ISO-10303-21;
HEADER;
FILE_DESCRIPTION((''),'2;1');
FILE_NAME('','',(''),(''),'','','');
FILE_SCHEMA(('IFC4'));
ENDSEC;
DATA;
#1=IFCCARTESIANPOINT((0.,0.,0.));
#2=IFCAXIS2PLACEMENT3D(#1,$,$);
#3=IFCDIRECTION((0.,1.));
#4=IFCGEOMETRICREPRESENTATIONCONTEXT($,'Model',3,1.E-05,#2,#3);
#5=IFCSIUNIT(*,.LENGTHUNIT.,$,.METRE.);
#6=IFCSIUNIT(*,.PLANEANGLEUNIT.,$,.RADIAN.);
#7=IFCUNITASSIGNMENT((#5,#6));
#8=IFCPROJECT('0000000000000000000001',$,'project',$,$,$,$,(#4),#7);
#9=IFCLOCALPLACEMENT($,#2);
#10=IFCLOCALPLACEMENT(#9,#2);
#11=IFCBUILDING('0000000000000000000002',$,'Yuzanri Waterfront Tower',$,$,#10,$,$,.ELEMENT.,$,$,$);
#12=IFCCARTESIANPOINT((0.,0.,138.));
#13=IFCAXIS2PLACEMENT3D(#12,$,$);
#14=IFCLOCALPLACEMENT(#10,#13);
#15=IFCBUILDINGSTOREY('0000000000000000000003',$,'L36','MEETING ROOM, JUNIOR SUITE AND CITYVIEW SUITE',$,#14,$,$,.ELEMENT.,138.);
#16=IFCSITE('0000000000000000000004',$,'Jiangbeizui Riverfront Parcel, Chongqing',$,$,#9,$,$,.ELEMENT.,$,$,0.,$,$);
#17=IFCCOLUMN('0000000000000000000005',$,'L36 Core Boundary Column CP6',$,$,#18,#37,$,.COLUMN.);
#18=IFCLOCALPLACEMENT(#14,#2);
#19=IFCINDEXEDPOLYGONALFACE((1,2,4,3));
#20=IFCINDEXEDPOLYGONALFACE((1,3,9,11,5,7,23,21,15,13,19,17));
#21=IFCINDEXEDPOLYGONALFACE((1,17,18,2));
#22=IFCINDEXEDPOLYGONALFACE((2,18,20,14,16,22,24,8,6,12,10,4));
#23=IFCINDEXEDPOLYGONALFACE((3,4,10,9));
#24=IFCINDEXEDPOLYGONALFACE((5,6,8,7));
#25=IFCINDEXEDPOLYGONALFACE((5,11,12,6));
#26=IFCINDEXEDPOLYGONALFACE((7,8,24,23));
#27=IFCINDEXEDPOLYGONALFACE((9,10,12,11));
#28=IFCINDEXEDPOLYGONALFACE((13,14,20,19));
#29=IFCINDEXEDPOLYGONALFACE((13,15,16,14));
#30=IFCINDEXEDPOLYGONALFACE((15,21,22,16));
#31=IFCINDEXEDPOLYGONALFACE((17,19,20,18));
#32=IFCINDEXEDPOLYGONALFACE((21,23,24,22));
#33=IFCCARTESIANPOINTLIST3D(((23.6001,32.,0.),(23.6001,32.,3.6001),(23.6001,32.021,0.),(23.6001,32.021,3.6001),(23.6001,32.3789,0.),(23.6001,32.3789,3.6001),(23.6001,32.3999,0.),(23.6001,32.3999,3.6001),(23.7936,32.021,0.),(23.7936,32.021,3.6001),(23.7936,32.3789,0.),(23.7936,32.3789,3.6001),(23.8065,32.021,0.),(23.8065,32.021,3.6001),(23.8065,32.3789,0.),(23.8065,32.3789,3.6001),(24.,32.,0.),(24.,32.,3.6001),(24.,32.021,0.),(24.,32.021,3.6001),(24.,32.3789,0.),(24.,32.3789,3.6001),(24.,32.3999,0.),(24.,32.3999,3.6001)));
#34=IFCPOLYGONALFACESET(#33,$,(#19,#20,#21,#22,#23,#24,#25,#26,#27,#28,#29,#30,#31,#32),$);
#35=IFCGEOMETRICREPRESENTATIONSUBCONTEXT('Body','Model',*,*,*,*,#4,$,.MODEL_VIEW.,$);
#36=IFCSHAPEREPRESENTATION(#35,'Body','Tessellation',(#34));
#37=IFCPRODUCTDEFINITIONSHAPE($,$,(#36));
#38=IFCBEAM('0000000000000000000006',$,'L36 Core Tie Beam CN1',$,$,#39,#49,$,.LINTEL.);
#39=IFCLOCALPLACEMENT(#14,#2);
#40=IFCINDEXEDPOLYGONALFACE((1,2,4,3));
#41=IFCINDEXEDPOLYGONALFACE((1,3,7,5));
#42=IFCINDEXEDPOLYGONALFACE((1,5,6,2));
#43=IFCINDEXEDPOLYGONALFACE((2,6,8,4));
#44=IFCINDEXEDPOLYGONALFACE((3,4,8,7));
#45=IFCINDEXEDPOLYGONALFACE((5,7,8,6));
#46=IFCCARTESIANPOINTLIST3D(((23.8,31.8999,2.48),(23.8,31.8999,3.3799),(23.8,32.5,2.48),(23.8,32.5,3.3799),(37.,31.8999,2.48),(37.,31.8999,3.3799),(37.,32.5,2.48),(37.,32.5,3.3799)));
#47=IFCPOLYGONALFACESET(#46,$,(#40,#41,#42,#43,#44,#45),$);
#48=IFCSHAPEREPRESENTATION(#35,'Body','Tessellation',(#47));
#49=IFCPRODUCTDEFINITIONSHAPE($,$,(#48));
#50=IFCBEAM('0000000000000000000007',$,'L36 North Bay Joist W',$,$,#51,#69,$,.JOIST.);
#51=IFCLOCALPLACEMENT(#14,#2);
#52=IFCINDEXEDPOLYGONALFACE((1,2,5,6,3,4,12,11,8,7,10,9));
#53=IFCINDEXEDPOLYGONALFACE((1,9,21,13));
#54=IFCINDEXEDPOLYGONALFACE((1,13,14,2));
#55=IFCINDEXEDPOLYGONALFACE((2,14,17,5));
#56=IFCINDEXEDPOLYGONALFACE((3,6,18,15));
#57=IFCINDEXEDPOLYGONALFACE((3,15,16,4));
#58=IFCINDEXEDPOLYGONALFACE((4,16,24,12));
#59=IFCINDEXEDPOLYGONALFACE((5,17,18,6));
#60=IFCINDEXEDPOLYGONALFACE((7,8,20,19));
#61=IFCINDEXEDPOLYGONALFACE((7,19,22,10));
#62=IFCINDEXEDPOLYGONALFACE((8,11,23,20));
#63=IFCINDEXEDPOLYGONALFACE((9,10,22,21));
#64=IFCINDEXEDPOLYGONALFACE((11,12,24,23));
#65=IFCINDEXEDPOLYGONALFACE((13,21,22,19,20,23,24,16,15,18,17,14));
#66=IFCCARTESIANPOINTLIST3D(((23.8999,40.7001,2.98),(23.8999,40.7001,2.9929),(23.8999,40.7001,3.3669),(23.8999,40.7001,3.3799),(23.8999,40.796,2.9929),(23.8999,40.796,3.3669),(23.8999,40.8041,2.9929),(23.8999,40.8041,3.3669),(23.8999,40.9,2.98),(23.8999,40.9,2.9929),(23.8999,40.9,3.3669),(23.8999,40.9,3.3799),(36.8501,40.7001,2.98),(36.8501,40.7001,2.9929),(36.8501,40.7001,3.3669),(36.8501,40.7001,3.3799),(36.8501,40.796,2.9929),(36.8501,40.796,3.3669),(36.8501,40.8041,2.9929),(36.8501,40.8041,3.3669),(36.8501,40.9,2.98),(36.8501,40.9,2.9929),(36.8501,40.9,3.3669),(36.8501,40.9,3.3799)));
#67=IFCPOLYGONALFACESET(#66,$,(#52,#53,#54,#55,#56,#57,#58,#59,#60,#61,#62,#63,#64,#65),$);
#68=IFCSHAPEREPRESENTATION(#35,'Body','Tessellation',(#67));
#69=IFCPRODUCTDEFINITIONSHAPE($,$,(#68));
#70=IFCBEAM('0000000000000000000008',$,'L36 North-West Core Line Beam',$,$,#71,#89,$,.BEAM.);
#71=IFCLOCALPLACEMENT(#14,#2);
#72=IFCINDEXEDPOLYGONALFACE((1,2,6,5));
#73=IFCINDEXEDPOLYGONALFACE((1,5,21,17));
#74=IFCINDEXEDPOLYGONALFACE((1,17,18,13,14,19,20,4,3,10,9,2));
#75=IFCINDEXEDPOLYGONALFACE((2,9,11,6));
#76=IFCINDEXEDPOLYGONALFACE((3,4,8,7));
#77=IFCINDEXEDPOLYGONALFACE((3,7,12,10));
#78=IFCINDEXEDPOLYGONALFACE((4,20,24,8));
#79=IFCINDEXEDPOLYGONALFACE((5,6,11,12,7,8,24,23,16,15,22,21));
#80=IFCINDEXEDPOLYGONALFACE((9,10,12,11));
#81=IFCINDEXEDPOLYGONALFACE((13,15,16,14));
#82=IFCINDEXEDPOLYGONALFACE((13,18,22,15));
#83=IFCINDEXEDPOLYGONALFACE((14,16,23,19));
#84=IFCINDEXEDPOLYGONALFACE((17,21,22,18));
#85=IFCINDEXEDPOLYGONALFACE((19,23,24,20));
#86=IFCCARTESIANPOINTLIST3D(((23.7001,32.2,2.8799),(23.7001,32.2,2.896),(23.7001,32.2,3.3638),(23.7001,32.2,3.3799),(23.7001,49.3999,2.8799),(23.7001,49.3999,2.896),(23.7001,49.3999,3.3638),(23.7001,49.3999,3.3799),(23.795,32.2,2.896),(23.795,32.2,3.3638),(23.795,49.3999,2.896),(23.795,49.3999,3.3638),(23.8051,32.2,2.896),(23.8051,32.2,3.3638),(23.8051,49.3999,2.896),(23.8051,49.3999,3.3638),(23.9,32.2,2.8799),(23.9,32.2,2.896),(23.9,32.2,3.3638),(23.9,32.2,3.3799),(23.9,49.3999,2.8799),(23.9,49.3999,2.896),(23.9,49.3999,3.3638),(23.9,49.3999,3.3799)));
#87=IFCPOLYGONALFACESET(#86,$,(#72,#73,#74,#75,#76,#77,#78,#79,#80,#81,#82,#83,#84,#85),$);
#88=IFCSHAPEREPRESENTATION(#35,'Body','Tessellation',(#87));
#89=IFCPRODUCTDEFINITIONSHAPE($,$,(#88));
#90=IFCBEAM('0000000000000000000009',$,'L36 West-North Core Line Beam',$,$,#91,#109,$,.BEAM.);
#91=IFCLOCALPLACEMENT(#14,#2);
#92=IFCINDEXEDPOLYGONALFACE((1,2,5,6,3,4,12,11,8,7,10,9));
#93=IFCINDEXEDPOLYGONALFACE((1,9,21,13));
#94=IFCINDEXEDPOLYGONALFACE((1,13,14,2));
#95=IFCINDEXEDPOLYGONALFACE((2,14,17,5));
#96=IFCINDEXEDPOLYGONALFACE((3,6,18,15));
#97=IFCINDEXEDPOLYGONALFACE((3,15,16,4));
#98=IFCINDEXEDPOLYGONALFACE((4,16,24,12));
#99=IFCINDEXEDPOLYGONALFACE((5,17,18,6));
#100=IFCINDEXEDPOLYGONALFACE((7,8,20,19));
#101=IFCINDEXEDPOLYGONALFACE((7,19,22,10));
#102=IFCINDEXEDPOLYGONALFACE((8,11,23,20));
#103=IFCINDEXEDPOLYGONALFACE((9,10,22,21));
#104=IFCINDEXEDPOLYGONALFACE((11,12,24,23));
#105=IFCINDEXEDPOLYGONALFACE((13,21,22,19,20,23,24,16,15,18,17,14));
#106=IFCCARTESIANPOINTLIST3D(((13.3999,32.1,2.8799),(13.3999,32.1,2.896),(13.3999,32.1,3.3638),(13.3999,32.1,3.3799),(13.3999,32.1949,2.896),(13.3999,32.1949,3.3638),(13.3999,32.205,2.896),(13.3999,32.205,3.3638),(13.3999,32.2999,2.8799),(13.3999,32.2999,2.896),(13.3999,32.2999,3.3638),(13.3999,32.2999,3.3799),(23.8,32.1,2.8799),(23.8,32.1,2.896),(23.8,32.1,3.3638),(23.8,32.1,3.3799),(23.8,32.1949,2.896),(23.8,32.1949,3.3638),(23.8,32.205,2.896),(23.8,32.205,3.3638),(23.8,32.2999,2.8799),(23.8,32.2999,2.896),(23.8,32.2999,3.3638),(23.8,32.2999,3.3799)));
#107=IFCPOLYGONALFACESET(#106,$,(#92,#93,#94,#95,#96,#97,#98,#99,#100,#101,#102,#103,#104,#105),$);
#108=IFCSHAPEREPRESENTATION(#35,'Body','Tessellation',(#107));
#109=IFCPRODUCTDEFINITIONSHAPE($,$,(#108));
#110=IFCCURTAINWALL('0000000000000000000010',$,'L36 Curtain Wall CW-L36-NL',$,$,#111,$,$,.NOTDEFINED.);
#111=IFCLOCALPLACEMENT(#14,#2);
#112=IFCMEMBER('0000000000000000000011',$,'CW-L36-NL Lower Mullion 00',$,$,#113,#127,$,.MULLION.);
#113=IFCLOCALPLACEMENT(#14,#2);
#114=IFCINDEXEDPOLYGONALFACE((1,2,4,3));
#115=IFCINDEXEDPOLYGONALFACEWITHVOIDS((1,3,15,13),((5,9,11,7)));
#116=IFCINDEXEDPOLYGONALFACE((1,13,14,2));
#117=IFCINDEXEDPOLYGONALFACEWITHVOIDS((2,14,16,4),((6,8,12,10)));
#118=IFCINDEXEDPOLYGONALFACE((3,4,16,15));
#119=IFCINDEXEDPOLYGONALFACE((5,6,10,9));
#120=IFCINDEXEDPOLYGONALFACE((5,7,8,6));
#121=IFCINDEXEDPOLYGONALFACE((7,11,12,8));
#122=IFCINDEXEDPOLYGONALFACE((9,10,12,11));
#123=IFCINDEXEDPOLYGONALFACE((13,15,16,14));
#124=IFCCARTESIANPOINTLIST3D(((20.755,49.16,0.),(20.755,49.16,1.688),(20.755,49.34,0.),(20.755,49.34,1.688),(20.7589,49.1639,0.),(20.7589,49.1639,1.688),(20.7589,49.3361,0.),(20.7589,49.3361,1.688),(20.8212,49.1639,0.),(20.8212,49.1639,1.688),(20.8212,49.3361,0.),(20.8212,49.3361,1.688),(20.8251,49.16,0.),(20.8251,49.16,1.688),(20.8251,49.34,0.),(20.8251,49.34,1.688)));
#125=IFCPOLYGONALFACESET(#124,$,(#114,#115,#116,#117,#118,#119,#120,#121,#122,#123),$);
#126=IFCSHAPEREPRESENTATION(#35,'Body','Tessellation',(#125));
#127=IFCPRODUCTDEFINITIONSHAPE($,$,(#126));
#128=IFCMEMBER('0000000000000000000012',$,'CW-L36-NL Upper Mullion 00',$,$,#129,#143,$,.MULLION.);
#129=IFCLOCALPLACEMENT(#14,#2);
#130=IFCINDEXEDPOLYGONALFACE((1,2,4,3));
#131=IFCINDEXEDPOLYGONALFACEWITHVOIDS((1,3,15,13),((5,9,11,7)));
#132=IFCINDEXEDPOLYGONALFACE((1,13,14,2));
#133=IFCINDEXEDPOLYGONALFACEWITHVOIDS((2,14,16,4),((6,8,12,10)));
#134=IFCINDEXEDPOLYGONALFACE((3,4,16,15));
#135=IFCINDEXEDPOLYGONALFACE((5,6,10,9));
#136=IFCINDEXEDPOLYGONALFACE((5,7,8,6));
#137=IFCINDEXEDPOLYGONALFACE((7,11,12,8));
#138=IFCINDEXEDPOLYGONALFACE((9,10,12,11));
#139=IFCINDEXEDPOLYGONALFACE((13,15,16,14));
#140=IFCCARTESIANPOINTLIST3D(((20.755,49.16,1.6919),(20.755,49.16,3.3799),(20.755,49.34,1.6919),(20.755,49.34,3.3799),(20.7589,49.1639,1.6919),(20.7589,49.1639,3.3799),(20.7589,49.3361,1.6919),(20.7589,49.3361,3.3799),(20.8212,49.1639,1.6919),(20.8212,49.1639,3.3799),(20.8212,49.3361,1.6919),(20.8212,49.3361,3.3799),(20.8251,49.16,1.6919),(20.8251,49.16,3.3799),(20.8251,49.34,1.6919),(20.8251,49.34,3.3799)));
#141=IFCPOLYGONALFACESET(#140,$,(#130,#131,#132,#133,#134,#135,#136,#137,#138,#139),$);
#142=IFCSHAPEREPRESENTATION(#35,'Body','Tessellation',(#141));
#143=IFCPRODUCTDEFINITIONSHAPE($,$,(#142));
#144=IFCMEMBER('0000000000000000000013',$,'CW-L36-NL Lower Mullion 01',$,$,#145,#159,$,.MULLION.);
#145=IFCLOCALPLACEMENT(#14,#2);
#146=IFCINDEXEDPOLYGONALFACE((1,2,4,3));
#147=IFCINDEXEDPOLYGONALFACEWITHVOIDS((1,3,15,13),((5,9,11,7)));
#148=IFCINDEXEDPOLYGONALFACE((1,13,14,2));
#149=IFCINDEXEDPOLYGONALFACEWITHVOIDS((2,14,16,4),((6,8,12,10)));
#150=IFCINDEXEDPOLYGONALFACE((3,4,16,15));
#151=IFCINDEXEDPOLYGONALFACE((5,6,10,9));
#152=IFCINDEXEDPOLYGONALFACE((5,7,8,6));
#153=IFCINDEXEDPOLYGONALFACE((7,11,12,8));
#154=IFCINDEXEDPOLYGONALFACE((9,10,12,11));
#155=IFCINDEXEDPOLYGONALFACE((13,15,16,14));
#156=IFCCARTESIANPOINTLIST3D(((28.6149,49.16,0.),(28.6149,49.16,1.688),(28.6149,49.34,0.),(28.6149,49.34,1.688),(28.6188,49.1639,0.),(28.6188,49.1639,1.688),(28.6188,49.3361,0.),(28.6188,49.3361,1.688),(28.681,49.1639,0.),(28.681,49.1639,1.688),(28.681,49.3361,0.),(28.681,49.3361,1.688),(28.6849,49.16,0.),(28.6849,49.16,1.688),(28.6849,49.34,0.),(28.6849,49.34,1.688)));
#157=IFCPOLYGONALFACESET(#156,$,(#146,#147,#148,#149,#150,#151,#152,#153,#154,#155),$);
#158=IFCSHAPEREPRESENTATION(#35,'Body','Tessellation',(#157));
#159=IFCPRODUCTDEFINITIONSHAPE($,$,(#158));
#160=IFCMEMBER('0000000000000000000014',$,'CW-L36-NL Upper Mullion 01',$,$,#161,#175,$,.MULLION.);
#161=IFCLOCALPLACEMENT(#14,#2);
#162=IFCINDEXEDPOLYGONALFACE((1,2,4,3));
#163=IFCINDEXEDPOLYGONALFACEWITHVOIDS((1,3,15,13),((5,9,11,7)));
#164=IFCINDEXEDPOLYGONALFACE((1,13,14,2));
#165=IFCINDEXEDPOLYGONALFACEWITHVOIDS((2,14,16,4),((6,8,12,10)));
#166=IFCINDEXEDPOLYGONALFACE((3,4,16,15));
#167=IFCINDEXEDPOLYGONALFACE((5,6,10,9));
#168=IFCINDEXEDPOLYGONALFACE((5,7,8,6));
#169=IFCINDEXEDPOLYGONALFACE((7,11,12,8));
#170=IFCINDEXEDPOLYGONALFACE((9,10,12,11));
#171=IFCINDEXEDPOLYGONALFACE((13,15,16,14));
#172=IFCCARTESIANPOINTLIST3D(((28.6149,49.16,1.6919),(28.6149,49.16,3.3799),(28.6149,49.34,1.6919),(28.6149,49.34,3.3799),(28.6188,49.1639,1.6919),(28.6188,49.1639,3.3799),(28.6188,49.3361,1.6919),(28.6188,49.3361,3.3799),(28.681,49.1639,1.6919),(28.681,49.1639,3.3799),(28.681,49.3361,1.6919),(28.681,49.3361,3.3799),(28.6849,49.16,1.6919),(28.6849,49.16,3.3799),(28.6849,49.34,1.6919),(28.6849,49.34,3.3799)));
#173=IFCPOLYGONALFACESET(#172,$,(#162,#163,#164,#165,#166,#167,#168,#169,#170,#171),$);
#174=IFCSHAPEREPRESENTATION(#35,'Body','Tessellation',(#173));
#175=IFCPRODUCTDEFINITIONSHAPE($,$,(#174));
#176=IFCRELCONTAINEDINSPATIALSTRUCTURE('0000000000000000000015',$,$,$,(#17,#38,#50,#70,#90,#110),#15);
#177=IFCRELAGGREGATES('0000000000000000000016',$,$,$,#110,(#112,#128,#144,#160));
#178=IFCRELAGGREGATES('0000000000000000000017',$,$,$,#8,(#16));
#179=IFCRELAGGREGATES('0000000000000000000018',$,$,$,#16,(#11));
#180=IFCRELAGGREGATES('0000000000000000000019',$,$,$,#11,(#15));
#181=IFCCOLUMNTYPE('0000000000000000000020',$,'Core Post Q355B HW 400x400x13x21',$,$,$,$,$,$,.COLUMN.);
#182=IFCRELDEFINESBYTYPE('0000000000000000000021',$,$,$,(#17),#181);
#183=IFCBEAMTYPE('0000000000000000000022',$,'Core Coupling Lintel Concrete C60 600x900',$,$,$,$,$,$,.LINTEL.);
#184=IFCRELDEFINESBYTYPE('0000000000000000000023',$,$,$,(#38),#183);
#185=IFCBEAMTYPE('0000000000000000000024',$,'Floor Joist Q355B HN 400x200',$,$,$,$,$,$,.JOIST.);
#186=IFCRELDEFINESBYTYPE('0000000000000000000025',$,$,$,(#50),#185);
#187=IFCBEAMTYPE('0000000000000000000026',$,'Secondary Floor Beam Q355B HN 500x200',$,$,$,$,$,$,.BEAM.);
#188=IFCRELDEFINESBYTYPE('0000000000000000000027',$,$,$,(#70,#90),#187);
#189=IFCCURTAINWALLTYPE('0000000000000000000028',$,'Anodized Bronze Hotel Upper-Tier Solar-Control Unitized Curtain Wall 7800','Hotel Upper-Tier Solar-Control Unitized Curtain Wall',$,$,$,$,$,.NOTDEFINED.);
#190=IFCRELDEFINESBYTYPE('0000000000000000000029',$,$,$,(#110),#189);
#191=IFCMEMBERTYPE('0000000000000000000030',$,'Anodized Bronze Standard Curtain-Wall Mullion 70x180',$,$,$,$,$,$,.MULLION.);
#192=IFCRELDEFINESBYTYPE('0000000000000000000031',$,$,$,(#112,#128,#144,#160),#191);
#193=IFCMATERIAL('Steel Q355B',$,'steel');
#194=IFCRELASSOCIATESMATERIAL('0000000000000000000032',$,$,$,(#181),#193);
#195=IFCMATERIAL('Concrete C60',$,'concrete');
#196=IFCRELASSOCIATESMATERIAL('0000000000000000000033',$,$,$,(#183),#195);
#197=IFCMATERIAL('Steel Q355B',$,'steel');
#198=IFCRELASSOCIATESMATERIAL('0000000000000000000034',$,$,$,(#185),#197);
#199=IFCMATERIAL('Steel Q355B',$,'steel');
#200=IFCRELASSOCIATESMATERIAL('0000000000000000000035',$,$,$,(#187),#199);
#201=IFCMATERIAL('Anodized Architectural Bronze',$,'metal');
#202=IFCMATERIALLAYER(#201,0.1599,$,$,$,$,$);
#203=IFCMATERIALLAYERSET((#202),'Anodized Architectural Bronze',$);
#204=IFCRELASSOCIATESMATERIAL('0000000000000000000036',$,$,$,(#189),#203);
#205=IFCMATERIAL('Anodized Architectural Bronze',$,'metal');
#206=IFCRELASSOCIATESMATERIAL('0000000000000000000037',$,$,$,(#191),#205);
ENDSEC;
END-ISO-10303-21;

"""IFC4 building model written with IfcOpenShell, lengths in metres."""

from ifc_helpers import new_model, si_unit, direction, frame, origin, origin_2d, place, context, subcontext, project, spatial, rectangle, hollow_rectangle, i_section, extrude, source, transform, mapped, material, layer, layer_set, material_profile, profile_set, type_object, element, aggregate, save


model = new_model("IFC4")

# Units and contexts
model_context = context("Model", 3, precision=1e-05, world=origin(), true_north=direction((0.0, 1.0)))
body_context = subcontext(model_context, "Body", "Model", "MODEL_VIEW")
ifc_project = project(units=[si_unit("LENGTHUNIT", "METRE"), si_unit("PLANEANGLEUNIT", "RADIAN")], contexts=[model_context])

# Site, building, storey
site_placement = place(None, origin())
site = spatial("IfcSite", under=ifc_project, at=site_placement, Name="Jiangbeizui Riverfront Parcel, Chongqing", CompositionType="ELEMENT", RefElevation=0.0)
building_placement = place(site_placement, origin())
building = spatial("IfcBuilding", under=site, at=building_placement, Name="Yuzanri Waterfront Tower", CompositionType="ELEMENT")
storey_placement = place(building_placement, frame((0.0, 0.0, 138.0)))
storey = spatial("IfcBuildingStorey", under=building, at=storey_placement, Name="L36", Description="MEETING ROOM, JUNIOR SUITE AND CITYVIEW SUITE", CompositionType="ELEMENT", Elevation=138.0)

# Column
ifc_material_1 = material(Name="Steel Q355B", Category="steel")
ifc_material_profile_1 = material_profile(ifc_material_1, i_section(OverallWidth=0.3999, OverallDepth=0.3999, WebThickness=0.0129, FlangeThickness=0.021, at=origin_2d()), Name="HW 400x400x13x21")
ifc_profile_set_1 = profile_set([ifc_material_profile_1], Name="Steel Q355B")
column_type = type_object("IfcColumnType", Name="Core Post Q355B HW 400x400x13x21", PredefinedType="COLUMN", material=ifc_profile_set_1)
shared_shape_1 = source(origin(), body_context, "Body", "SweptSolid", [
    extrude(i_section(OverallWidth=0.3999, OverallDepth=0.3999, WebThickness=0.0129, FlangeThickness=0.021, at=origin_2d()), origin(), (0.0, 0.0, 1.0), 3.6001),
])
column_placement = place(storey_placement, frame((23.8, 32.2, 0.0), z_axis=(0.0, 0.0, 1.0), x_axis=(1.0, 0.0, 0.0)))
element("IfcColumn", 1, at=column_placement, inside=storey, type_object=column_type, Name="L36 Core Boundary Column CP6", PredefinedType="COLUMN", context=body_context, shape_type="MappedRepresentation", body=[
    mapped(shared_shape_1, transform((0.0, 0.0, 0.0), scale=1.0)),
])

# Beams
ifc_material_2 = material(Name="Concrete C60", Category="concrete")
ifc_material_profile_2 = material_profile(ifc_material_2, rectangle(XDim=0.6001, YDim=0.8999, at=origin_2d()), Name="RC 600x900")
ifc_profile_set_2 = profile_set([ifc_material_profile_2], Name="Concrete C60")
beam_type_1 = type_object("IfcBeamType", Name="Core Coupling Lintel Concrete C60 600x900", PredefinedType="LINTEL", material=ifc_profile_set_2)
shared_shape_2 = source(origin(), body_context, "Body", "SweptSolid", [
    extrude(rectangle(XDim=0.6001, YDim=0.8999, at=origin_2d()), origin(), (0.0, 0.0, 1.0), 13.2),
])
beam_1_placement = place(storey_placement, frame((23.8, 32.2, 2.9299), z_axis=(1.0, 0.0, 0.0), x_axis=(0.0, 1.0, 0.0)))
element("IfcBeam", 2, at=beam_1_placement, inside=storey, type_object=beam_type_1, Name="L36 Core Tie Beam CN1", PredefinedType="LINTEL", context=body_context, shape_type="MappedRepresentation", body=[
    mapped(shared_shape_2, transform((0.0, 0.0, 0.0), scale=1.0)),
])
ifc_material_3 = material(Name="Steel Q355B", Category="steel")
ifc_material_profile_3 = material_profile(ifc_material_3, i_section(OverallWidth=0.2, OverallDepth=0.3999, WebThickness=0.0081, FlangeThickness=0.0129, at=origin_2d()), Name="HN 400x200x8x13")
ifc_profile_set_3 = profile_set([ifc_material_profile_3], Name="Steel Q355B")
beam_type_2 = type_object("IfcBeamType", Name="Floor Joist Q355B HN 400x200", PredefinedType="JOIST", material=ifc_profile_set_3)
shared_shape_3 = source(origin(), body_context, "Body", "SweptSolid", [
    extrude(i_section(OverallWidth=0.2, OverallDepth=0.3999, WebThickness=0.0081, FlangeThickness=0.0129, at=origin_2d()), origin(), (0.0, 0.0, 1.0), 12.9502),
])
beam_2_placement = place(storey_placement, frame((23.8999, 40.8, 3.1799), z_axis=(1.0, 0.0, 0.0), x_axis=(0.0, 1.0, 0.0)))
element("IfcBeam", 3, at=beam_2_placement, inside=storey, type_object=beam_type_2, Name="L36 North Bay Joist W", PredefinedType="JOIST", context=body_context, shape_type="MappedRepresentation", body=[
    mapped(shared_shape_3, transform((0.0, 0.0, 0.0), scale=1.0)),
])
ifc_material_4 = material(Name="Steel Q355B", Category="steel")
ifc_material_profile_4 = material_profile(ifc_material_4, i_section(OverallWidth=0.2, OverallDepth=0.5, WebThickness=0.01, FlangeThickness=0.0161, at=origin_2d()), Name="HN 500x200x10x16")
ifc_profile_set_4 = profile_set([ifc_material_profile_4], Name="Steel Q355B")
beam_type_3 = type_object("IfcBeamType", Name="Secondary Floor Beam Q355B HN 500x200", PredefinedType="BEAM", material=ifc_profile_set_4)
shared_shape_4 = source(origin(), body_context, "Body", "SweptSolid", [
    extrude(i_section(OverallWidth=0.2, OverallDepth=0.5, WebThickness=0.01, FlangeThickness=0.0161, at=origin_2d()), origin(), (0.0, 0.0, 1.0), 17.2),
])
beam_3_placement = place(storey_placement, frame((23.8, 32.2, 3.1299), z_axis=(0.0, 1.0, 0.0), x_axis=(-1.0, 0.0, 0.0)))
element("IfcBeam", 4, at=beam_3_placement, inside=storey, type_object=beam_type_3, Name="L36 North-West Core Line Beam", PredefinedType="BEAM", context=body_context, shape_type="MappedRepresentation", body=[
    mapped(shared_shape_4, transform((0.0, 0.0, 0.0), scale=1.0)),
])
shared_shape_5 = source(origin(), body_context, "Body", "SweptSolid", [
    extrude(i_section(OverallWidth=0.2, OverallDepth=0.5, WebThickness=0.01, FlangeThickness=0.0161, at=origin_2d()), origin(), (0.0, 0.0, 1.0), 10.4001),
])
beam_4_placement = place(storey_placement, frame((23.8, 32.2, 3.1299), z_axis=(-1.0, 0.0, 0.0), x_axis=(0.0, -1.0, 0.0)))
element("IfcBeam", 5, at=beam_4_placement, inside=storey, type_object=beam_type_3, Name="L36 West-North Core Line Beam", PredefinedType="BEAM", context=body_context, shape_type="MappedRepresentation", body=[
    mapped(shared_shape_5, transform((0.0, 0.0, 0.0), scale=1.0)),
])

# Curtain wall, members
ifc_material_5 = material(Name="Anodized Architectural Bronze", Category="metal")
ifc_layer_1 = layer(ifc_material_5, 0.1599)
ifc_layer_set_1 = layer_set([ifc_layer_1], Name="Anodized Architectural Bronze")
curtain_wall_type = type_object("IfcCurtainWallType", Name="Anodized Bronze Hotel Upper-Tier Solar-Control Unitized Curtain Wall 7800", Description="Hotel Upper-Tier Solar-Control Unitized Curtain Wall", PredefinedType="NOTDEFINED", material=ifc_layer_set_1)
curtain_wall_placement = place(storey_placement, origin())
curtain_wall = element("IfcCurtainWall", 6, at=curtain_wall_placement, inside=storey, type_object=curtain_wall_type, Name="L36 Curtain Wall CW-L36-NL", PredefinedType="NOTDEFINED")
ifc_material_6 = material(Name="Anodized Architectural Bronze", Category="metal")
ifc_material_profile_5 = material_profile(ifc_material_6, hollow_rectangle(XDim=0.0701, YDim=0.1799, WallThickness=0.0039, at=origin_2d()), Name="CWM 70x180")
ifc_profile_set_5 = profile_set([ifc_material_profile_5], Name="Anodized Architectural Bronze")
member_type_1 = type_object("IfcMemberType", Name="Anodized Bronze Standard Curtain-Wall Mullion 70x180", PredefinedType="MULLION", material=ifc_profile_set_5)
shared_shape_6 = source(origin(), body_context, "Body", "SweptSolid", [
    extrude(hollow_rectangle(XDim=0.0701, YDim=0.1799, WallThickness=0.0039, at=origin_2d()), origin(), (0.0, 0.0, 1.0), 1.688),
])
member_1_placement = place(storey_placement, frame((20.79, 49.25, 0.0), z_axis=(0.0, 0.0, 1.0), x_axis=(1.0, 0.0, 0.0)))
member_1 = element("IfcMember", 7, at=member_1_placement, type_object=member_type_1, Name="CW-L36-NL Lower Mullion 00", PredefinedType="MULLION", context=body_context, shape_type="MappedRepresentation", body=[
    mapped(shared_shape_6, transform((0.0, 0.0, 0.0), scale=1.0)),
])
member_2_placement = place(storey_placement, frame((20.79, 49.25, 1.6919), z_axis=(0.0, 0.0, 1.0), x_axis=(1.0, 0.0, 0.0)))
member_2 = element("IfcMember", 8, at=member_2_placement, type_object=member_type_1, Name="CW-L36-NL Upper Mullion 00", PredefinedType="MULLION", context=body_context, shape_type="MappedRepresentation", body=[
    mapped(shared_shape_6, transform((0.0, 0.0, 0.0), scale=1.0)),
])
member_3_placement = place(storey_placement, frame((28.6499, 49.25, 0.0), z_axis=(0.0, 0.0, 1.0), x_axis=(1.0, 0.0, 0.0)))
member_3 = element("IfcMember", 9, at=member_3_placement, type_object=member_type_1, Name="CW-L36-NL Lower Mullion 01", PredefinedType="MULLION", context=body_context, shape_type="MappedRepresentation", body=[
    mapped(shared_shape_6, transform((0.0, 0.0, 0.0), scale=1.0)),
])
member_4_placement = place(storey_placement, frame((28.6499, 49.25, 1.6919), z_axis=(0.0, 0.0, 1.0), x_axis=(1.0, 0.0, 0.0)))
member_4 = element("IfcMember", 10, at=member_4_placement, type_object=member_type_1, Name="CW-L36-NL Upper Mullion 01", PredefinedType="MULLION", context=body_context, shape_type="MappedRepresentation", body=[
    mapped(shared_shape_6, transform((0.0, 0.0, 0.0), scale=1.0)),
])
aggregate(curtain_wall, [member_1, member_2, member_3, member_4])

save(model, "model.ifc")
